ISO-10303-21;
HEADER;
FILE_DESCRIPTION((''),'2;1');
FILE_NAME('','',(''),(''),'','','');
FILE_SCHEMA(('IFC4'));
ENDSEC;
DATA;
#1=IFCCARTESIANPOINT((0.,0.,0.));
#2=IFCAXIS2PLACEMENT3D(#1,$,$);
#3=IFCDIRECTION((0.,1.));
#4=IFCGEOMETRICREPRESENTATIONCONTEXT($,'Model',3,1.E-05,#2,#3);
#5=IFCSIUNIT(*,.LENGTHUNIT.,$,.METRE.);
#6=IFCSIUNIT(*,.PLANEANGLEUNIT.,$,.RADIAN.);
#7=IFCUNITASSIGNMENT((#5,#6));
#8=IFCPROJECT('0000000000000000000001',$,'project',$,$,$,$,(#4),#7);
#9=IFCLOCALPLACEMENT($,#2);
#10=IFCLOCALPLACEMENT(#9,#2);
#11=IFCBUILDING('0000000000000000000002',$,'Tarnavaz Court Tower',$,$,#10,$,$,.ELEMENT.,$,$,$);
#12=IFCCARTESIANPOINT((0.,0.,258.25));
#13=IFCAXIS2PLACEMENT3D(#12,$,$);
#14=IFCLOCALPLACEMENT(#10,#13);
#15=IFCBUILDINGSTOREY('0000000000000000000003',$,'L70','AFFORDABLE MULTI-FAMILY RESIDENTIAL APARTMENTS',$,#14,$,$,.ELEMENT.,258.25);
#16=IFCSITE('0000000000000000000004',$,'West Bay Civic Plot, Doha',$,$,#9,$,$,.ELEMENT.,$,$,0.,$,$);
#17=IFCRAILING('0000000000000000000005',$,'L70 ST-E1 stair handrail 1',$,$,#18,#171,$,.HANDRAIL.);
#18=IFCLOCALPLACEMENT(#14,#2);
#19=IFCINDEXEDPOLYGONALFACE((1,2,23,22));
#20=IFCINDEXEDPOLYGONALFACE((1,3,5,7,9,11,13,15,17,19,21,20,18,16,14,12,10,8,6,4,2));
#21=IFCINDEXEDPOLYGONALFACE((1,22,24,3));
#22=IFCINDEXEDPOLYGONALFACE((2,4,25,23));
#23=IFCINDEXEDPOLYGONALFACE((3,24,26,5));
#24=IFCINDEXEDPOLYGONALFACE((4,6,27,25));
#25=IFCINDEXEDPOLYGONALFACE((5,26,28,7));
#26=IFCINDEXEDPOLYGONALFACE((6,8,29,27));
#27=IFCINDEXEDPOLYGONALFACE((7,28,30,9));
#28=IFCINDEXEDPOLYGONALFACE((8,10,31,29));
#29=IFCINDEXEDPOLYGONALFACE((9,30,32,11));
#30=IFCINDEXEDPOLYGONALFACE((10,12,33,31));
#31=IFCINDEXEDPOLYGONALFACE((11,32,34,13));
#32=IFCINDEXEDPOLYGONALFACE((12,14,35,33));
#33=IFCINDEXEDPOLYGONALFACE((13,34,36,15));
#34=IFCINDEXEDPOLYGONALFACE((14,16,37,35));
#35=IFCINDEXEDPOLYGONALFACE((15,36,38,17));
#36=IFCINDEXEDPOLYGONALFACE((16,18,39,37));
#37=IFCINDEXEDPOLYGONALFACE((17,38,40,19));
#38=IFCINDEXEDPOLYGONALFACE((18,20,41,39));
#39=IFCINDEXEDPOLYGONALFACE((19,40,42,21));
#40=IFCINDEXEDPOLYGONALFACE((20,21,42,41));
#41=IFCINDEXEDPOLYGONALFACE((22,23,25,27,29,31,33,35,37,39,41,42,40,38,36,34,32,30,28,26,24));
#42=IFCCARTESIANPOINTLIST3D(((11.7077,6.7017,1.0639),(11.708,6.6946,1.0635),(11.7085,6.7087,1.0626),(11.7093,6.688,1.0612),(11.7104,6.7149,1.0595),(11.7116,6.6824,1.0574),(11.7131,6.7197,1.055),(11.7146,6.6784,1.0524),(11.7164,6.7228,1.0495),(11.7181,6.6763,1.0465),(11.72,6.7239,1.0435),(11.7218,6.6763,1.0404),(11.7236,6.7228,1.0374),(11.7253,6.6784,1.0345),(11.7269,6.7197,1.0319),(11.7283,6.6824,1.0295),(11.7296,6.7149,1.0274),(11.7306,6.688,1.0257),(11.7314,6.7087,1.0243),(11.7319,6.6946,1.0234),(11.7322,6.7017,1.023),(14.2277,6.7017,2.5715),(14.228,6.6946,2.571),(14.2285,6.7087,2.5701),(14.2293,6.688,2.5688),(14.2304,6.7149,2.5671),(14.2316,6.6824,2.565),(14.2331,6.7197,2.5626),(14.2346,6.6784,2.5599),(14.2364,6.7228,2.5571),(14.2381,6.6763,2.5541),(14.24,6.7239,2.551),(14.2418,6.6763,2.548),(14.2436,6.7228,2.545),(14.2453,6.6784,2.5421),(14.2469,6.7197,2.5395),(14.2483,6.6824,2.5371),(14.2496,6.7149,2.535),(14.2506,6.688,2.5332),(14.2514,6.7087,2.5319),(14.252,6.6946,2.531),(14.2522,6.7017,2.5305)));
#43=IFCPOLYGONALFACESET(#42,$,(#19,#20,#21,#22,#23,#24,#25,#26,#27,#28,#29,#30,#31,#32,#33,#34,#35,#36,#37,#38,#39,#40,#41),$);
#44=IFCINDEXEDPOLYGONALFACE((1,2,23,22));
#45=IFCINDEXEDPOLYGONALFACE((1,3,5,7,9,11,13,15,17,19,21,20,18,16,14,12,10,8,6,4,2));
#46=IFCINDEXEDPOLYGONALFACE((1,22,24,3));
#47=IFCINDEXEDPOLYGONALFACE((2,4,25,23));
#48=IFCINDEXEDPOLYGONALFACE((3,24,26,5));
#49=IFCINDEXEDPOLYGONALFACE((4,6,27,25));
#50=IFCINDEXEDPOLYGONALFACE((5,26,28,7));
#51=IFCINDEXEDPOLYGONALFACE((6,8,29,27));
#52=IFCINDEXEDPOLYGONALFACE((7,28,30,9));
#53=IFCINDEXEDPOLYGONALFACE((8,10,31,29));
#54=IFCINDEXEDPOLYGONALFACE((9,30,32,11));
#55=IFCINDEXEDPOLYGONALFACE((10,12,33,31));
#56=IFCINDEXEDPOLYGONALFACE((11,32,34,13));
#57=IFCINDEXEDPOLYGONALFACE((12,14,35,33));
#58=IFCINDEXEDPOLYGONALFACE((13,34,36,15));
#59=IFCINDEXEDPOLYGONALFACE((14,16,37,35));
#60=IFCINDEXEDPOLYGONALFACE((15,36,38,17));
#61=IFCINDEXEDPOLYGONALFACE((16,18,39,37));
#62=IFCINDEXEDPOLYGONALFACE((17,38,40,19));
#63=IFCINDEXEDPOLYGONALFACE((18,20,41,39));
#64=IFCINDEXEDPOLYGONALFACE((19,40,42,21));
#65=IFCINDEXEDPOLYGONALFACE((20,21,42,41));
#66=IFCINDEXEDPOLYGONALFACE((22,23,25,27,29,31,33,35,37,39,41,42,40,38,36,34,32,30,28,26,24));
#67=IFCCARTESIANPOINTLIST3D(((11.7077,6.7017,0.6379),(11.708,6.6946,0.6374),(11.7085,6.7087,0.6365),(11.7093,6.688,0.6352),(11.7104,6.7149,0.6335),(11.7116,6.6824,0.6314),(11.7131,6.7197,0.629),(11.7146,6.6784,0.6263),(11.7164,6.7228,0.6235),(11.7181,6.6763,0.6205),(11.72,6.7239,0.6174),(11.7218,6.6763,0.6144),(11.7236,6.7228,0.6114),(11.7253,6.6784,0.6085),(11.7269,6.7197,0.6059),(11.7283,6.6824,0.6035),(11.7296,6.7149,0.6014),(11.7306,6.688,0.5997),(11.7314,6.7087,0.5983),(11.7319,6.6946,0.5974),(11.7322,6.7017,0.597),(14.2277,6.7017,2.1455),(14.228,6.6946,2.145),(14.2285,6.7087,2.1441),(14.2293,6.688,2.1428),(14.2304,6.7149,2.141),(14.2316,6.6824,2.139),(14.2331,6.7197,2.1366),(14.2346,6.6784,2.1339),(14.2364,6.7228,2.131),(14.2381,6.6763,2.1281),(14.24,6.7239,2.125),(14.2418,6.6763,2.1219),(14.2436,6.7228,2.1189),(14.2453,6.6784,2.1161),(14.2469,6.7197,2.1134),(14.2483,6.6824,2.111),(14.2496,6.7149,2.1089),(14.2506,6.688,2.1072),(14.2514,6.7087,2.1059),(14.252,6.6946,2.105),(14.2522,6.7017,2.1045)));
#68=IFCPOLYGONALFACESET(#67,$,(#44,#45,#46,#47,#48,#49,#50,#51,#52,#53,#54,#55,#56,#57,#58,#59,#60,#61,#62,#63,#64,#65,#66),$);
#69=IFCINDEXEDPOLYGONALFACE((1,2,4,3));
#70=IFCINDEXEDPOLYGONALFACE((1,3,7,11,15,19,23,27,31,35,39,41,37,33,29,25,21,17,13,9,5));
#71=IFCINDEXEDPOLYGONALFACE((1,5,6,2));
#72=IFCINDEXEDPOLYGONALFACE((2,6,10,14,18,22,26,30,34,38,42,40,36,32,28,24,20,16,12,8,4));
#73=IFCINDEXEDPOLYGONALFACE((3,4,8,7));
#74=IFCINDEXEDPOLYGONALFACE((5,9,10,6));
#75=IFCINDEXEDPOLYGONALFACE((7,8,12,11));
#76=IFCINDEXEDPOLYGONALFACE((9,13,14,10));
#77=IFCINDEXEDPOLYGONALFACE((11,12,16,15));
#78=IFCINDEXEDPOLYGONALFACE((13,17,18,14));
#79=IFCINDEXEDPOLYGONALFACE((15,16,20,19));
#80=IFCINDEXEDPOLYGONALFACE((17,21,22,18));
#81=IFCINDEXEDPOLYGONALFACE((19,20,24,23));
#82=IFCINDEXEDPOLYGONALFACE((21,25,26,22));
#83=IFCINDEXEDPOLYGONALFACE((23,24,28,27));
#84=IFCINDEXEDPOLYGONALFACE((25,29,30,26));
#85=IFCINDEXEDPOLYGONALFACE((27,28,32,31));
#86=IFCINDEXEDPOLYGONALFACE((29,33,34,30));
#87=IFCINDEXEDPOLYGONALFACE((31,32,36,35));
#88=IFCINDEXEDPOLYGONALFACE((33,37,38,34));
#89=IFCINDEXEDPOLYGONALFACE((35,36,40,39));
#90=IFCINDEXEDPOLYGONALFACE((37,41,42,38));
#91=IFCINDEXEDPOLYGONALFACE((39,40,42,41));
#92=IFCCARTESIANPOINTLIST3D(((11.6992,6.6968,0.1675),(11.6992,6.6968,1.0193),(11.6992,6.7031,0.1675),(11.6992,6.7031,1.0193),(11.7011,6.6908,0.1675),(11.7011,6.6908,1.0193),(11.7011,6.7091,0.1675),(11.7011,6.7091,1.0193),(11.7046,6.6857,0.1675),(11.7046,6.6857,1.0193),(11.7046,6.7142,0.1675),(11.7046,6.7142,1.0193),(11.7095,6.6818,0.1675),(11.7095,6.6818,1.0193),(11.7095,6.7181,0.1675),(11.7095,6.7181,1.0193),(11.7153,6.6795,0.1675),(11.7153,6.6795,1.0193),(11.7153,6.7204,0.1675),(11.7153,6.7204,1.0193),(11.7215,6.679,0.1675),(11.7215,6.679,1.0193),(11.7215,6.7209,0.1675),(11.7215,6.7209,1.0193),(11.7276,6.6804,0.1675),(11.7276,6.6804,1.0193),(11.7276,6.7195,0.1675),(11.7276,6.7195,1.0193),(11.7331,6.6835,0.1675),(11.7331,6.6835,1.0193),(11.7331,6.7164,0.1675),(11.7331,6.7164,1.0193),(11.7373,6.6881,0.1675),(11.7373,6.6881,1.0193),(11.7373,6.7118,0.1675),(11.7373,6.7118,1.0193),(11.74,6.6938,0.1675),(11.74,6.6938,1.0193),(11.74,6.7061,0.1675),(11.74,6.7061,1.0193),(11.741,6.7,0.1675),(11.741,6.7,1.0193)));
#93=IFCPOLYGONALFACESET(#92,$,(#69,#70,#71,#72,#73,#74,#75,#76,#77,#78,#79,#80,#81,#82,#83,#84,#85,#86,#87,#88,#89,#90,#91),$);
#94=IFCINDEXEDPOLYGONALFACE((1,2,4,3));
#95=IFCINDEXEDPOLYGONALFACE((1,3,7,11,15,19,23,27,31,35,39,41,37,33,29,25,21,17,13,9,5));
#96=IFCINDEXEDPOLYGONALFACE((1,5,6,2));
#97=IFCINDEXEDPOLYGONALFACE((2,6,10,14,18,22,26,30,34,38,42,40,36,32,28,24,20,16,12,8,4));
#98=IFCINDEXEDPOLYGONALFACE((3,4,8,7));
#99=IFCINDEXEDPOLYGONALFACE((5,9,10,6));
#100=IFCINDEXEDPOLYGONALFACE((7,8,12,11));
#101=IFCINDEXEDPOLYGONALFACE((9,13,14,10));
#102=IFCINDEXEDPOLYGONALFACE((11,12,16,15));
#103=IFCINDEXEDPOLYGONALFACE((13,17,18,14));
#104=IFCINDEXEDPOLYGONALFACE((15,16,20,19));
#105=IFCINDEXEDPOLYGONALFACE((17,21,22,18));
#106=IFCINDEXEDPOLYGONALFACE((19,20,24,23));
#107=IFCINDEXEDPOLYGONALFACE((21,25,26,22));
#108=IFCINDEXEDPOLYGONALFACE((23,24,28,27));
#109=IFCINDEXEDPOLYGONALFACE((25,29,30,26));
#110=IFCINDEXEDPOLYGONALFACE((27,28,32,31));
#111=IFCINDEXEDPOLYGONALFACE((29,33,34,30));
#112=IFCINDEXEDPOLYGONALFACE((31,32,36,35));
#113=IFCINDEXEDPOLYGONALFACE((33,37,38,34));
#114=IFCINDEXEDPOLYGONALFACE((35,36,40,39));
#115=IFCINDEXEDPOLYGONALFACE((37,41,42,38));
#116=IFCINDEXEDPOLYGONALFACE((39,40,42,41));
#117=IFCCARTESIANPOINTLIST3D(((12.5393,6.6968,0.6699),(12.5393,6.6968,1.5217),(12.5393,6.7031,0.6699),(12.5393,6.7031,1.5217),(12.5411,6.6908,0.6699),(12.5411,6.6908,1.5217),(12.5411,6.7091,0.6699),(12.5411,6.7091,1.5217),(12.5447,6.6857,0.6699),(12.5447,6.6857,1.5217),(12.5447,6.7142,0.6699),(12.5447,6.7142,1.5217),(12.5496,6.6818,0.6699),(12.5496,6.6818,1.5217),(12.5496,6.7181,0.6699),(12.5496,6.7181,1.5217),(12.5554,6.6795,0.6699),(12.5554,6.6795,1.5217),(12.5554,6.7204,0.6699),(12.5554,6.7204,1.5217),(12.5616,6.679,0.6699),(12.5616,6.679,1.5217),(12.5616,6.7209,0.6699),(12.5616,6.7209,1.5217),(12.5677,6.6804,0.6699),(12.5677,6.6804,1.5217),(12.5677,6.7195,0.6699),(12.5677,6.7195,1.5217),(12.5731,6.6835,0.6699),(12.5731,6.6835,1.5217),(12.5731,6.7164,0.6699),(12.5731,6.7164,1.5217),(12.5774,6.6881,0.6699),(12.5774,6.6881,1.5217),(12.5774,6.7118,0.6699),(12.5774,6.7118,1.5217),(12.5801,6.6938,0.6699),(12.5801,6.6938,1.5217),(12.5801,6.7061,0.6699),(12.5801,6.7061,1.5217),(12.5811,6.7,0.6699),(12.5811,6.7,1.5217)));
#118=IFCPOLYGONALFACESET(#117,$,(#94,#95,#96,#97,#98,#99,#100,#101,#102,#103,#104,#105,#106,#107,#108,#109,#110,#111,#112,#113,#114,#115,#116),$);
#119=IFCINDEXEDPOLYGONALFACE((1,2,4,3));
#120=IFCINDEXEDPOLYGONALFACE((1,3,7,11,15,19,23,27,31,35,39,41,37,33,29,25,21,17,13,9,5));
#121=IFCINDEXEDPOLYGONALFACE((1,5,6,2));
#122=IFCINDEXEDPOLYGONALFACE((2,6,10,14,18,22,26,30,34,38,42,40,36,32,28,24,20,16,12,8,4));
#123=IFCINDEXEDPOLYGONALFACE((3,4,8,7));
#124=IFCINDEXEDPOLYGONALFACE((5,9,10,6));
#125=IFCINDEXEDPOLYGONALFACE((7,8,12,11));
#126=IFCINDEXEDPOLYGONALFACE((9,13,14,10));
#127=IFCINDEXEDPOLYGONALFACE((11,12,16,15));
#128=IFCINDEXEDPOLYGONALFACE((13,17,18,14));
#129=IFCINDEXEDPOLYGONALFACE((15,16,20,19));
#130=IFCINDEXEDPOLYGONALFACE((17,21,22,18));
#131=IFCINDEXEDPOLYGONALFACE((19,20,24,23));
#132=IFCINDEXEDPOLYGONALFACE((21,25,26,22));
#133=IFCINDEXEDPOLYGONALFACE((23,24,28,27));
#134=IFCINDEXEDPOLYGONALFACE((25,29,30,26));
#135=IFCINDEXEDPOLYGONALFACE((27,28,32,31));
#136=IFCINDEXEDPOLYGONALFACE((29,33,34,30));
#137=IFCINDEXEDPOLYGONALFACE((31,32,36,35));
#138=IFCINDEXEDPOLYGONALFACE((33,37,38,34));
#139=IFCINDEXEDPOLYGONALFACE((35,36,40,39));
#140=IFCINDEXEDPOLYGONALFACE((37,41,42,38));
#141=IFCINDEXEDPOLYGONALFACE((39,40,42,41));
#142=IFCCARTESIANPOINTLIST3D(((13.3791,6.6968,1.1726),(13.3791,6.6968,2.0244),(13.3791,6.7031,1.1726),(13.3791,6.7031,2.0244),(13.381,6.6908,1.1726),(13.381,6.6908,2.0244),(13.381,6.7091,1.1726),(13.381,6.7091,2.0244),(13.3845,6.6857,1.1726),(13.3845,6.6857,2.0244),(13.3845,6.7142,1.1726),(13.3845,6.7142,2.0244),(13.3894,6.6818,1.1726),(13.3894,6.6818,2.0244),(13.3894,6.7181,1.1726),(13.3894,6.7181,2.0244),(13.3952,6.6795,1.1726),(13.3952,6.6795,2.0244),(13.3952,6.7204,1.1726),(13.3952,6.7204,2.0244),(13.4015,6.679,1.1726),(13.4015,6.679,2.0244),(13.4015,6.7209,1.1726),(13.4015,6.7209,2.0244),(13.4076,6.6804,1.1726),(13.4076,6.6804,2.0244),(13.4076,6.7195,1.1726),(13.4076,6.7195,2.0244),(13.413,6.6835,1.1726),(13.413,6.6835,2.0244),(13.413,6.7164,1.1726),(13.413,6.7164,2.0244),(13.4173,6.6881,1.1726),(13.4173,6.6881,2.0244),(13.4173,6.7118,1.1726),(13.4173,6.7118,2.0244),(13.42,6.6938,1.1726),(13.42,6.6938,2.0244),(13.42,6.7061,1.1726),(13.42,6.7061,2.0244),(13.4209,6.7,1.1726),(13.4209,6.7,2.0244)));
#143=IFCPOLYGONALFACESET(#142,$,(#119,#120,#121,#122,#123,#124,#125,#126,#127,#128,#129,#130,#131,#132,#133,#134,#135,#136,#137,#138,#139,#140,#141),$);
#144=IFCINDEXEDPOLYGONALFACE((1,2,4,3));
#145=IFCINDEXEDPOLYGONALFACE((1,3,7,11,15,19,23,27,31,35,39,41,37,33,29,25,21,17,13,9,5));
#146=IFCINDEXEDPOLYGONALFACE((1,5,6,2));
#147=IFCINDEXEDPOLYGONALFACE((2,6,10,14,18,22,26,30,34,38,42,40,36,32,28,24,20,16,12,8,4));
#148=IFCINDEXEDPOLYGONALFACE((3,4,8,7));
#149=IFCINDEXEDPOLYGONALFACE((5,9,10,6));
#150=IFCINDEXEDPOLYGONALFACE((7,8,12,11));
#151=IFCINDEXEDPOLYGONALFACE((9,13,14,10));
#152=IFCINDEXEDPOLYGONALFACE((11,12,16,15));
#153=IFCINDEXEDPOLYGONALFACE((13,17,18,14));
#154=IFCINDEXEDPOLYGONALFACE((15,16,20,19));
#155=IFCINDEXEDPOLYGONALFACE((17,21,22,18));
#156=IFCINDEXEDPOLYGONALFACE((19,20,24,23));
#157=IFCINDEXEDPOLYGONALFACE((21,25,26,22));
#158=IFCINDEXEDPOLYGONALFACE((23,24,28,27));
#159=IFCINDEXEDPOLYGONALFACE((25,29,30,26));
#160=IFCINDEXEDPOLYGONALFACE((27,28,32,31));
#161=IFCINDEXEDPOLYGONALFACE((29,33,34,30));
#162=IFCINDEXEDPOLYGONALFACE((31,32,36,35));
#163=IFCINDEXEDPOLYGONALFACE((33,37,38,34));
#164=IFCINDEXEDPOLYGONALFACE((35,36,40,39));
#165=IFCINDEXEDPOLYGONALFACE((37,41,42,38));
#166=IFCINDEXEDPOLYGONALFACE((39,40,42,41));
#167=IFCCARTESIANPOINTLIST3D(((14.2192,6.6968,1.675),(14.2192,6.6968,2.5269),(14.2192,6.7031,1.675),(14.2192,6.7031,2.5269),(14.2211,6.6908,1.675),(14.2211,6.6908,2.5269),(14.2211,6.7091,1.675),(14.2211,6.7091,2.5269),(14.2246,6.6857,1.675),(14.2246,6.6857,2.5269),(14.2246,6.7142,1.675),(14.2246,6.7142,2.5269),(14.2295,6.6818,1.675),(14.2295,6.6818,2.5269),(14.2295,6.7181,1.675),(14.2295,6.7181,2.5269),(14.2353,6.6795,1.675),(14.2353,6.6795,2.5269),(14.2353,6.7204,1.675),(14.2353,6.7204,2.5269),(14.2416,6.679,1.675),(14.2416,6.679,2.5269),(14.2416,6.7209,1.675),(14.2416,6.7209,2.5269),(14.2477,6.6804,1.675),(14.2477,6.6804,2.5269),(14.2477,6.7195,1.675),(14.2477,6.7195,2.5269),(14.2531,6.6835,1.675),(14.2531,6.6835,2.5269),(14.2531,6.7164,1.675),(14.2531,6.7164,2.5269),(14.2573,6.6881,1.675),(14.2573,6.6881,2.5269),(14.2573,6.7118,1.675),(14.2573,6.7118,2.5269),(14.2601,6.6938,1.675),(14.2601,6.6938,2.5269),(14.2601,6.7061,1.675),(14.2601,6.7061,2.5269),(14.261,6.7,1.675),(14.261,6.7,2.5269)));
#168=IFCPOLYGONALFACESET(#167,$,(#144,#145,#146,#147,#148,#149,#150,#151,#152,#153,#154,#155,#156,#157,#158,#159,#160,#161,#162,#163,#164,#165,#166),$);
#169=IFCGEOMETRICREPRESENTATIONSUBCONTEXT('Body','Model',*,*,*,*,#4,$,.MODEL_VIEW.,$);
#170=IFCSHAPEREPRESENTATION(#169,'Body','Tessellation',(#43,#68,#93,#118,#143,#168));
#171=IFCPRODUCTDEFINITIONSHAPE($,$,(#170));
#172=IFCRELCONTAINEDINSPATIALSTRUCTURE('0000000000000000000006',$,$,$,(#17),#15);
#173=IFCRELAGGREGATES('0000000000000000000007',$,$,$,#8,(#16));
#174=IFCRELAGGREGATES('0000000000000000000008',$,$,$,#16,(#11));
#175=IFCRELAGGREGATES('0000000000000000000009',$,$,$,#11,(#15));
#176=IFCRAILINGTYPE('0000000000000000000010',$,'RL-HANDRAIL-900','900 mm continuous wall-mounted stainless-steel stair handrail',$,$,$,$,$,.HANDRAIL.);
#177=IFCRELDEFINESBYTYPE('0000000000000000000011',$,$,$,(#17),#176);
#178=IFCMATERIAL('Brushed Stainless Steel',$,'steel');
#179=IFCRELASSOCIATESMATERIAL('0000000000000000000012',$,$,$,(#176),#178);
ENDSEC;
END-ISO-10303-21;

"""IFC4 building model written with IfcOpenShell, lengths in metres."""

from ifc_helpers import new_model, si_unit, direction, frame, origin, origin_2d, place, context, subcontext, project, spatial, circle, extrude, material, type_object, element, save


model = new_model("IFC4")

# Units and contexts
model_context = context("Model", 3, precision=1e-05, world=origin(), true_north=direction((0.0, 1.0)))
body_context = subcontext(model_context, "Body", "Model", "MODEL_VIEW")
ifc_project = project(units=[si_unit("LENGTHUNIT", "METRE"), si_unit("PLANEANGLEUNIT", "RADIAN")], contexts=[model_context])

# Site, building, storey
site_placement = place(None, origin())
site = spatial("IfcSite", under=ifc_project, at=site_placement, Name="West Bay Civic Plot, Doha", CompositionType="ELEMENT", RefElevation=0.0)
building_placement = place(site_placement, origin())
building = spatial("IfcBuilding", under=site, at=building_placement, Name="Tarnavaz Court Tower", CompositionType="ELEMENT")
storey_placement = place(building_placement, frame((0.0, 0.0, 258.25)))
storey = spatial("IfcBuildingStorey", under=building, at=storey_placement, Name="L70", Description="AFFORDABLE MULTI-FAMILY RESIDENTIAL APARTMENTS", CompositionType="ELEMENT", Elevation=258.25)

# Railing
ifc_material_1 = material(Name="Brushed Stainless Steel", Category="steel")
railing_type_1 = type_object("IfcRailingType", Name="RL-HANDRAIL-900", Description="900 mm continuous wall-mounted stainless-steel stair handrail", PredefinedType="HANDRAIL", material=ifc_material_1)
railing_1_placement = place(storey_placement, frame((11.72, 6.7, 0.1675)))
element("IfcRailing", 1, at=railing_1_placement, inside=storey, type_object=railing_type_1, Name="L70 ST-E1 stair handrail 1", PredefinedType="HANDRAIL", context=body_context, shape_type="SweptSolid", body=[
    extrude(circle(Radius=0.0239, at=origin_2d()), frame((0.0, 0.0, 0.876), z_axis=(0.85816, 0.0, 0.513383), x_axis=(0.0, 1.0, 0.0)), (0.0, 0.0, 1.0), 2.9365),
    extrude(circle(Radius=0.0239, at=origin_2d()), frame((0.0, 0.0, 0.45), z_axis=(0.85816, 0.0, 0.513383), x_axis=(0.0, 1.0, 0.0)), (0.0, 0.0, 1.0), 2.9365),
    extrude(circle(Radius=0.021, at=origin_2d()), origin(), (0.0, 0.0, 1.0), 0.8518),
    extrude(circle(Radius=0.021, at=origin_2d()), frame((0.8401, 0.0, 0.5024)), (0.0, 0.0, 1.0), 0.8518),
    extrude(circle(Radius=0.021, at=origin_2d()), frame((1.6799, 0.0, 1.0051)), (0.0, 0.0, 1.0), 0.8518),
    extrude(circle(Radius=0.021, at=origin_2d()), frame((2.52, 0.0, 1.5076)), (0.0, 0.0, 1.0), 0.8518),
])

save(model, "model.ifc")
